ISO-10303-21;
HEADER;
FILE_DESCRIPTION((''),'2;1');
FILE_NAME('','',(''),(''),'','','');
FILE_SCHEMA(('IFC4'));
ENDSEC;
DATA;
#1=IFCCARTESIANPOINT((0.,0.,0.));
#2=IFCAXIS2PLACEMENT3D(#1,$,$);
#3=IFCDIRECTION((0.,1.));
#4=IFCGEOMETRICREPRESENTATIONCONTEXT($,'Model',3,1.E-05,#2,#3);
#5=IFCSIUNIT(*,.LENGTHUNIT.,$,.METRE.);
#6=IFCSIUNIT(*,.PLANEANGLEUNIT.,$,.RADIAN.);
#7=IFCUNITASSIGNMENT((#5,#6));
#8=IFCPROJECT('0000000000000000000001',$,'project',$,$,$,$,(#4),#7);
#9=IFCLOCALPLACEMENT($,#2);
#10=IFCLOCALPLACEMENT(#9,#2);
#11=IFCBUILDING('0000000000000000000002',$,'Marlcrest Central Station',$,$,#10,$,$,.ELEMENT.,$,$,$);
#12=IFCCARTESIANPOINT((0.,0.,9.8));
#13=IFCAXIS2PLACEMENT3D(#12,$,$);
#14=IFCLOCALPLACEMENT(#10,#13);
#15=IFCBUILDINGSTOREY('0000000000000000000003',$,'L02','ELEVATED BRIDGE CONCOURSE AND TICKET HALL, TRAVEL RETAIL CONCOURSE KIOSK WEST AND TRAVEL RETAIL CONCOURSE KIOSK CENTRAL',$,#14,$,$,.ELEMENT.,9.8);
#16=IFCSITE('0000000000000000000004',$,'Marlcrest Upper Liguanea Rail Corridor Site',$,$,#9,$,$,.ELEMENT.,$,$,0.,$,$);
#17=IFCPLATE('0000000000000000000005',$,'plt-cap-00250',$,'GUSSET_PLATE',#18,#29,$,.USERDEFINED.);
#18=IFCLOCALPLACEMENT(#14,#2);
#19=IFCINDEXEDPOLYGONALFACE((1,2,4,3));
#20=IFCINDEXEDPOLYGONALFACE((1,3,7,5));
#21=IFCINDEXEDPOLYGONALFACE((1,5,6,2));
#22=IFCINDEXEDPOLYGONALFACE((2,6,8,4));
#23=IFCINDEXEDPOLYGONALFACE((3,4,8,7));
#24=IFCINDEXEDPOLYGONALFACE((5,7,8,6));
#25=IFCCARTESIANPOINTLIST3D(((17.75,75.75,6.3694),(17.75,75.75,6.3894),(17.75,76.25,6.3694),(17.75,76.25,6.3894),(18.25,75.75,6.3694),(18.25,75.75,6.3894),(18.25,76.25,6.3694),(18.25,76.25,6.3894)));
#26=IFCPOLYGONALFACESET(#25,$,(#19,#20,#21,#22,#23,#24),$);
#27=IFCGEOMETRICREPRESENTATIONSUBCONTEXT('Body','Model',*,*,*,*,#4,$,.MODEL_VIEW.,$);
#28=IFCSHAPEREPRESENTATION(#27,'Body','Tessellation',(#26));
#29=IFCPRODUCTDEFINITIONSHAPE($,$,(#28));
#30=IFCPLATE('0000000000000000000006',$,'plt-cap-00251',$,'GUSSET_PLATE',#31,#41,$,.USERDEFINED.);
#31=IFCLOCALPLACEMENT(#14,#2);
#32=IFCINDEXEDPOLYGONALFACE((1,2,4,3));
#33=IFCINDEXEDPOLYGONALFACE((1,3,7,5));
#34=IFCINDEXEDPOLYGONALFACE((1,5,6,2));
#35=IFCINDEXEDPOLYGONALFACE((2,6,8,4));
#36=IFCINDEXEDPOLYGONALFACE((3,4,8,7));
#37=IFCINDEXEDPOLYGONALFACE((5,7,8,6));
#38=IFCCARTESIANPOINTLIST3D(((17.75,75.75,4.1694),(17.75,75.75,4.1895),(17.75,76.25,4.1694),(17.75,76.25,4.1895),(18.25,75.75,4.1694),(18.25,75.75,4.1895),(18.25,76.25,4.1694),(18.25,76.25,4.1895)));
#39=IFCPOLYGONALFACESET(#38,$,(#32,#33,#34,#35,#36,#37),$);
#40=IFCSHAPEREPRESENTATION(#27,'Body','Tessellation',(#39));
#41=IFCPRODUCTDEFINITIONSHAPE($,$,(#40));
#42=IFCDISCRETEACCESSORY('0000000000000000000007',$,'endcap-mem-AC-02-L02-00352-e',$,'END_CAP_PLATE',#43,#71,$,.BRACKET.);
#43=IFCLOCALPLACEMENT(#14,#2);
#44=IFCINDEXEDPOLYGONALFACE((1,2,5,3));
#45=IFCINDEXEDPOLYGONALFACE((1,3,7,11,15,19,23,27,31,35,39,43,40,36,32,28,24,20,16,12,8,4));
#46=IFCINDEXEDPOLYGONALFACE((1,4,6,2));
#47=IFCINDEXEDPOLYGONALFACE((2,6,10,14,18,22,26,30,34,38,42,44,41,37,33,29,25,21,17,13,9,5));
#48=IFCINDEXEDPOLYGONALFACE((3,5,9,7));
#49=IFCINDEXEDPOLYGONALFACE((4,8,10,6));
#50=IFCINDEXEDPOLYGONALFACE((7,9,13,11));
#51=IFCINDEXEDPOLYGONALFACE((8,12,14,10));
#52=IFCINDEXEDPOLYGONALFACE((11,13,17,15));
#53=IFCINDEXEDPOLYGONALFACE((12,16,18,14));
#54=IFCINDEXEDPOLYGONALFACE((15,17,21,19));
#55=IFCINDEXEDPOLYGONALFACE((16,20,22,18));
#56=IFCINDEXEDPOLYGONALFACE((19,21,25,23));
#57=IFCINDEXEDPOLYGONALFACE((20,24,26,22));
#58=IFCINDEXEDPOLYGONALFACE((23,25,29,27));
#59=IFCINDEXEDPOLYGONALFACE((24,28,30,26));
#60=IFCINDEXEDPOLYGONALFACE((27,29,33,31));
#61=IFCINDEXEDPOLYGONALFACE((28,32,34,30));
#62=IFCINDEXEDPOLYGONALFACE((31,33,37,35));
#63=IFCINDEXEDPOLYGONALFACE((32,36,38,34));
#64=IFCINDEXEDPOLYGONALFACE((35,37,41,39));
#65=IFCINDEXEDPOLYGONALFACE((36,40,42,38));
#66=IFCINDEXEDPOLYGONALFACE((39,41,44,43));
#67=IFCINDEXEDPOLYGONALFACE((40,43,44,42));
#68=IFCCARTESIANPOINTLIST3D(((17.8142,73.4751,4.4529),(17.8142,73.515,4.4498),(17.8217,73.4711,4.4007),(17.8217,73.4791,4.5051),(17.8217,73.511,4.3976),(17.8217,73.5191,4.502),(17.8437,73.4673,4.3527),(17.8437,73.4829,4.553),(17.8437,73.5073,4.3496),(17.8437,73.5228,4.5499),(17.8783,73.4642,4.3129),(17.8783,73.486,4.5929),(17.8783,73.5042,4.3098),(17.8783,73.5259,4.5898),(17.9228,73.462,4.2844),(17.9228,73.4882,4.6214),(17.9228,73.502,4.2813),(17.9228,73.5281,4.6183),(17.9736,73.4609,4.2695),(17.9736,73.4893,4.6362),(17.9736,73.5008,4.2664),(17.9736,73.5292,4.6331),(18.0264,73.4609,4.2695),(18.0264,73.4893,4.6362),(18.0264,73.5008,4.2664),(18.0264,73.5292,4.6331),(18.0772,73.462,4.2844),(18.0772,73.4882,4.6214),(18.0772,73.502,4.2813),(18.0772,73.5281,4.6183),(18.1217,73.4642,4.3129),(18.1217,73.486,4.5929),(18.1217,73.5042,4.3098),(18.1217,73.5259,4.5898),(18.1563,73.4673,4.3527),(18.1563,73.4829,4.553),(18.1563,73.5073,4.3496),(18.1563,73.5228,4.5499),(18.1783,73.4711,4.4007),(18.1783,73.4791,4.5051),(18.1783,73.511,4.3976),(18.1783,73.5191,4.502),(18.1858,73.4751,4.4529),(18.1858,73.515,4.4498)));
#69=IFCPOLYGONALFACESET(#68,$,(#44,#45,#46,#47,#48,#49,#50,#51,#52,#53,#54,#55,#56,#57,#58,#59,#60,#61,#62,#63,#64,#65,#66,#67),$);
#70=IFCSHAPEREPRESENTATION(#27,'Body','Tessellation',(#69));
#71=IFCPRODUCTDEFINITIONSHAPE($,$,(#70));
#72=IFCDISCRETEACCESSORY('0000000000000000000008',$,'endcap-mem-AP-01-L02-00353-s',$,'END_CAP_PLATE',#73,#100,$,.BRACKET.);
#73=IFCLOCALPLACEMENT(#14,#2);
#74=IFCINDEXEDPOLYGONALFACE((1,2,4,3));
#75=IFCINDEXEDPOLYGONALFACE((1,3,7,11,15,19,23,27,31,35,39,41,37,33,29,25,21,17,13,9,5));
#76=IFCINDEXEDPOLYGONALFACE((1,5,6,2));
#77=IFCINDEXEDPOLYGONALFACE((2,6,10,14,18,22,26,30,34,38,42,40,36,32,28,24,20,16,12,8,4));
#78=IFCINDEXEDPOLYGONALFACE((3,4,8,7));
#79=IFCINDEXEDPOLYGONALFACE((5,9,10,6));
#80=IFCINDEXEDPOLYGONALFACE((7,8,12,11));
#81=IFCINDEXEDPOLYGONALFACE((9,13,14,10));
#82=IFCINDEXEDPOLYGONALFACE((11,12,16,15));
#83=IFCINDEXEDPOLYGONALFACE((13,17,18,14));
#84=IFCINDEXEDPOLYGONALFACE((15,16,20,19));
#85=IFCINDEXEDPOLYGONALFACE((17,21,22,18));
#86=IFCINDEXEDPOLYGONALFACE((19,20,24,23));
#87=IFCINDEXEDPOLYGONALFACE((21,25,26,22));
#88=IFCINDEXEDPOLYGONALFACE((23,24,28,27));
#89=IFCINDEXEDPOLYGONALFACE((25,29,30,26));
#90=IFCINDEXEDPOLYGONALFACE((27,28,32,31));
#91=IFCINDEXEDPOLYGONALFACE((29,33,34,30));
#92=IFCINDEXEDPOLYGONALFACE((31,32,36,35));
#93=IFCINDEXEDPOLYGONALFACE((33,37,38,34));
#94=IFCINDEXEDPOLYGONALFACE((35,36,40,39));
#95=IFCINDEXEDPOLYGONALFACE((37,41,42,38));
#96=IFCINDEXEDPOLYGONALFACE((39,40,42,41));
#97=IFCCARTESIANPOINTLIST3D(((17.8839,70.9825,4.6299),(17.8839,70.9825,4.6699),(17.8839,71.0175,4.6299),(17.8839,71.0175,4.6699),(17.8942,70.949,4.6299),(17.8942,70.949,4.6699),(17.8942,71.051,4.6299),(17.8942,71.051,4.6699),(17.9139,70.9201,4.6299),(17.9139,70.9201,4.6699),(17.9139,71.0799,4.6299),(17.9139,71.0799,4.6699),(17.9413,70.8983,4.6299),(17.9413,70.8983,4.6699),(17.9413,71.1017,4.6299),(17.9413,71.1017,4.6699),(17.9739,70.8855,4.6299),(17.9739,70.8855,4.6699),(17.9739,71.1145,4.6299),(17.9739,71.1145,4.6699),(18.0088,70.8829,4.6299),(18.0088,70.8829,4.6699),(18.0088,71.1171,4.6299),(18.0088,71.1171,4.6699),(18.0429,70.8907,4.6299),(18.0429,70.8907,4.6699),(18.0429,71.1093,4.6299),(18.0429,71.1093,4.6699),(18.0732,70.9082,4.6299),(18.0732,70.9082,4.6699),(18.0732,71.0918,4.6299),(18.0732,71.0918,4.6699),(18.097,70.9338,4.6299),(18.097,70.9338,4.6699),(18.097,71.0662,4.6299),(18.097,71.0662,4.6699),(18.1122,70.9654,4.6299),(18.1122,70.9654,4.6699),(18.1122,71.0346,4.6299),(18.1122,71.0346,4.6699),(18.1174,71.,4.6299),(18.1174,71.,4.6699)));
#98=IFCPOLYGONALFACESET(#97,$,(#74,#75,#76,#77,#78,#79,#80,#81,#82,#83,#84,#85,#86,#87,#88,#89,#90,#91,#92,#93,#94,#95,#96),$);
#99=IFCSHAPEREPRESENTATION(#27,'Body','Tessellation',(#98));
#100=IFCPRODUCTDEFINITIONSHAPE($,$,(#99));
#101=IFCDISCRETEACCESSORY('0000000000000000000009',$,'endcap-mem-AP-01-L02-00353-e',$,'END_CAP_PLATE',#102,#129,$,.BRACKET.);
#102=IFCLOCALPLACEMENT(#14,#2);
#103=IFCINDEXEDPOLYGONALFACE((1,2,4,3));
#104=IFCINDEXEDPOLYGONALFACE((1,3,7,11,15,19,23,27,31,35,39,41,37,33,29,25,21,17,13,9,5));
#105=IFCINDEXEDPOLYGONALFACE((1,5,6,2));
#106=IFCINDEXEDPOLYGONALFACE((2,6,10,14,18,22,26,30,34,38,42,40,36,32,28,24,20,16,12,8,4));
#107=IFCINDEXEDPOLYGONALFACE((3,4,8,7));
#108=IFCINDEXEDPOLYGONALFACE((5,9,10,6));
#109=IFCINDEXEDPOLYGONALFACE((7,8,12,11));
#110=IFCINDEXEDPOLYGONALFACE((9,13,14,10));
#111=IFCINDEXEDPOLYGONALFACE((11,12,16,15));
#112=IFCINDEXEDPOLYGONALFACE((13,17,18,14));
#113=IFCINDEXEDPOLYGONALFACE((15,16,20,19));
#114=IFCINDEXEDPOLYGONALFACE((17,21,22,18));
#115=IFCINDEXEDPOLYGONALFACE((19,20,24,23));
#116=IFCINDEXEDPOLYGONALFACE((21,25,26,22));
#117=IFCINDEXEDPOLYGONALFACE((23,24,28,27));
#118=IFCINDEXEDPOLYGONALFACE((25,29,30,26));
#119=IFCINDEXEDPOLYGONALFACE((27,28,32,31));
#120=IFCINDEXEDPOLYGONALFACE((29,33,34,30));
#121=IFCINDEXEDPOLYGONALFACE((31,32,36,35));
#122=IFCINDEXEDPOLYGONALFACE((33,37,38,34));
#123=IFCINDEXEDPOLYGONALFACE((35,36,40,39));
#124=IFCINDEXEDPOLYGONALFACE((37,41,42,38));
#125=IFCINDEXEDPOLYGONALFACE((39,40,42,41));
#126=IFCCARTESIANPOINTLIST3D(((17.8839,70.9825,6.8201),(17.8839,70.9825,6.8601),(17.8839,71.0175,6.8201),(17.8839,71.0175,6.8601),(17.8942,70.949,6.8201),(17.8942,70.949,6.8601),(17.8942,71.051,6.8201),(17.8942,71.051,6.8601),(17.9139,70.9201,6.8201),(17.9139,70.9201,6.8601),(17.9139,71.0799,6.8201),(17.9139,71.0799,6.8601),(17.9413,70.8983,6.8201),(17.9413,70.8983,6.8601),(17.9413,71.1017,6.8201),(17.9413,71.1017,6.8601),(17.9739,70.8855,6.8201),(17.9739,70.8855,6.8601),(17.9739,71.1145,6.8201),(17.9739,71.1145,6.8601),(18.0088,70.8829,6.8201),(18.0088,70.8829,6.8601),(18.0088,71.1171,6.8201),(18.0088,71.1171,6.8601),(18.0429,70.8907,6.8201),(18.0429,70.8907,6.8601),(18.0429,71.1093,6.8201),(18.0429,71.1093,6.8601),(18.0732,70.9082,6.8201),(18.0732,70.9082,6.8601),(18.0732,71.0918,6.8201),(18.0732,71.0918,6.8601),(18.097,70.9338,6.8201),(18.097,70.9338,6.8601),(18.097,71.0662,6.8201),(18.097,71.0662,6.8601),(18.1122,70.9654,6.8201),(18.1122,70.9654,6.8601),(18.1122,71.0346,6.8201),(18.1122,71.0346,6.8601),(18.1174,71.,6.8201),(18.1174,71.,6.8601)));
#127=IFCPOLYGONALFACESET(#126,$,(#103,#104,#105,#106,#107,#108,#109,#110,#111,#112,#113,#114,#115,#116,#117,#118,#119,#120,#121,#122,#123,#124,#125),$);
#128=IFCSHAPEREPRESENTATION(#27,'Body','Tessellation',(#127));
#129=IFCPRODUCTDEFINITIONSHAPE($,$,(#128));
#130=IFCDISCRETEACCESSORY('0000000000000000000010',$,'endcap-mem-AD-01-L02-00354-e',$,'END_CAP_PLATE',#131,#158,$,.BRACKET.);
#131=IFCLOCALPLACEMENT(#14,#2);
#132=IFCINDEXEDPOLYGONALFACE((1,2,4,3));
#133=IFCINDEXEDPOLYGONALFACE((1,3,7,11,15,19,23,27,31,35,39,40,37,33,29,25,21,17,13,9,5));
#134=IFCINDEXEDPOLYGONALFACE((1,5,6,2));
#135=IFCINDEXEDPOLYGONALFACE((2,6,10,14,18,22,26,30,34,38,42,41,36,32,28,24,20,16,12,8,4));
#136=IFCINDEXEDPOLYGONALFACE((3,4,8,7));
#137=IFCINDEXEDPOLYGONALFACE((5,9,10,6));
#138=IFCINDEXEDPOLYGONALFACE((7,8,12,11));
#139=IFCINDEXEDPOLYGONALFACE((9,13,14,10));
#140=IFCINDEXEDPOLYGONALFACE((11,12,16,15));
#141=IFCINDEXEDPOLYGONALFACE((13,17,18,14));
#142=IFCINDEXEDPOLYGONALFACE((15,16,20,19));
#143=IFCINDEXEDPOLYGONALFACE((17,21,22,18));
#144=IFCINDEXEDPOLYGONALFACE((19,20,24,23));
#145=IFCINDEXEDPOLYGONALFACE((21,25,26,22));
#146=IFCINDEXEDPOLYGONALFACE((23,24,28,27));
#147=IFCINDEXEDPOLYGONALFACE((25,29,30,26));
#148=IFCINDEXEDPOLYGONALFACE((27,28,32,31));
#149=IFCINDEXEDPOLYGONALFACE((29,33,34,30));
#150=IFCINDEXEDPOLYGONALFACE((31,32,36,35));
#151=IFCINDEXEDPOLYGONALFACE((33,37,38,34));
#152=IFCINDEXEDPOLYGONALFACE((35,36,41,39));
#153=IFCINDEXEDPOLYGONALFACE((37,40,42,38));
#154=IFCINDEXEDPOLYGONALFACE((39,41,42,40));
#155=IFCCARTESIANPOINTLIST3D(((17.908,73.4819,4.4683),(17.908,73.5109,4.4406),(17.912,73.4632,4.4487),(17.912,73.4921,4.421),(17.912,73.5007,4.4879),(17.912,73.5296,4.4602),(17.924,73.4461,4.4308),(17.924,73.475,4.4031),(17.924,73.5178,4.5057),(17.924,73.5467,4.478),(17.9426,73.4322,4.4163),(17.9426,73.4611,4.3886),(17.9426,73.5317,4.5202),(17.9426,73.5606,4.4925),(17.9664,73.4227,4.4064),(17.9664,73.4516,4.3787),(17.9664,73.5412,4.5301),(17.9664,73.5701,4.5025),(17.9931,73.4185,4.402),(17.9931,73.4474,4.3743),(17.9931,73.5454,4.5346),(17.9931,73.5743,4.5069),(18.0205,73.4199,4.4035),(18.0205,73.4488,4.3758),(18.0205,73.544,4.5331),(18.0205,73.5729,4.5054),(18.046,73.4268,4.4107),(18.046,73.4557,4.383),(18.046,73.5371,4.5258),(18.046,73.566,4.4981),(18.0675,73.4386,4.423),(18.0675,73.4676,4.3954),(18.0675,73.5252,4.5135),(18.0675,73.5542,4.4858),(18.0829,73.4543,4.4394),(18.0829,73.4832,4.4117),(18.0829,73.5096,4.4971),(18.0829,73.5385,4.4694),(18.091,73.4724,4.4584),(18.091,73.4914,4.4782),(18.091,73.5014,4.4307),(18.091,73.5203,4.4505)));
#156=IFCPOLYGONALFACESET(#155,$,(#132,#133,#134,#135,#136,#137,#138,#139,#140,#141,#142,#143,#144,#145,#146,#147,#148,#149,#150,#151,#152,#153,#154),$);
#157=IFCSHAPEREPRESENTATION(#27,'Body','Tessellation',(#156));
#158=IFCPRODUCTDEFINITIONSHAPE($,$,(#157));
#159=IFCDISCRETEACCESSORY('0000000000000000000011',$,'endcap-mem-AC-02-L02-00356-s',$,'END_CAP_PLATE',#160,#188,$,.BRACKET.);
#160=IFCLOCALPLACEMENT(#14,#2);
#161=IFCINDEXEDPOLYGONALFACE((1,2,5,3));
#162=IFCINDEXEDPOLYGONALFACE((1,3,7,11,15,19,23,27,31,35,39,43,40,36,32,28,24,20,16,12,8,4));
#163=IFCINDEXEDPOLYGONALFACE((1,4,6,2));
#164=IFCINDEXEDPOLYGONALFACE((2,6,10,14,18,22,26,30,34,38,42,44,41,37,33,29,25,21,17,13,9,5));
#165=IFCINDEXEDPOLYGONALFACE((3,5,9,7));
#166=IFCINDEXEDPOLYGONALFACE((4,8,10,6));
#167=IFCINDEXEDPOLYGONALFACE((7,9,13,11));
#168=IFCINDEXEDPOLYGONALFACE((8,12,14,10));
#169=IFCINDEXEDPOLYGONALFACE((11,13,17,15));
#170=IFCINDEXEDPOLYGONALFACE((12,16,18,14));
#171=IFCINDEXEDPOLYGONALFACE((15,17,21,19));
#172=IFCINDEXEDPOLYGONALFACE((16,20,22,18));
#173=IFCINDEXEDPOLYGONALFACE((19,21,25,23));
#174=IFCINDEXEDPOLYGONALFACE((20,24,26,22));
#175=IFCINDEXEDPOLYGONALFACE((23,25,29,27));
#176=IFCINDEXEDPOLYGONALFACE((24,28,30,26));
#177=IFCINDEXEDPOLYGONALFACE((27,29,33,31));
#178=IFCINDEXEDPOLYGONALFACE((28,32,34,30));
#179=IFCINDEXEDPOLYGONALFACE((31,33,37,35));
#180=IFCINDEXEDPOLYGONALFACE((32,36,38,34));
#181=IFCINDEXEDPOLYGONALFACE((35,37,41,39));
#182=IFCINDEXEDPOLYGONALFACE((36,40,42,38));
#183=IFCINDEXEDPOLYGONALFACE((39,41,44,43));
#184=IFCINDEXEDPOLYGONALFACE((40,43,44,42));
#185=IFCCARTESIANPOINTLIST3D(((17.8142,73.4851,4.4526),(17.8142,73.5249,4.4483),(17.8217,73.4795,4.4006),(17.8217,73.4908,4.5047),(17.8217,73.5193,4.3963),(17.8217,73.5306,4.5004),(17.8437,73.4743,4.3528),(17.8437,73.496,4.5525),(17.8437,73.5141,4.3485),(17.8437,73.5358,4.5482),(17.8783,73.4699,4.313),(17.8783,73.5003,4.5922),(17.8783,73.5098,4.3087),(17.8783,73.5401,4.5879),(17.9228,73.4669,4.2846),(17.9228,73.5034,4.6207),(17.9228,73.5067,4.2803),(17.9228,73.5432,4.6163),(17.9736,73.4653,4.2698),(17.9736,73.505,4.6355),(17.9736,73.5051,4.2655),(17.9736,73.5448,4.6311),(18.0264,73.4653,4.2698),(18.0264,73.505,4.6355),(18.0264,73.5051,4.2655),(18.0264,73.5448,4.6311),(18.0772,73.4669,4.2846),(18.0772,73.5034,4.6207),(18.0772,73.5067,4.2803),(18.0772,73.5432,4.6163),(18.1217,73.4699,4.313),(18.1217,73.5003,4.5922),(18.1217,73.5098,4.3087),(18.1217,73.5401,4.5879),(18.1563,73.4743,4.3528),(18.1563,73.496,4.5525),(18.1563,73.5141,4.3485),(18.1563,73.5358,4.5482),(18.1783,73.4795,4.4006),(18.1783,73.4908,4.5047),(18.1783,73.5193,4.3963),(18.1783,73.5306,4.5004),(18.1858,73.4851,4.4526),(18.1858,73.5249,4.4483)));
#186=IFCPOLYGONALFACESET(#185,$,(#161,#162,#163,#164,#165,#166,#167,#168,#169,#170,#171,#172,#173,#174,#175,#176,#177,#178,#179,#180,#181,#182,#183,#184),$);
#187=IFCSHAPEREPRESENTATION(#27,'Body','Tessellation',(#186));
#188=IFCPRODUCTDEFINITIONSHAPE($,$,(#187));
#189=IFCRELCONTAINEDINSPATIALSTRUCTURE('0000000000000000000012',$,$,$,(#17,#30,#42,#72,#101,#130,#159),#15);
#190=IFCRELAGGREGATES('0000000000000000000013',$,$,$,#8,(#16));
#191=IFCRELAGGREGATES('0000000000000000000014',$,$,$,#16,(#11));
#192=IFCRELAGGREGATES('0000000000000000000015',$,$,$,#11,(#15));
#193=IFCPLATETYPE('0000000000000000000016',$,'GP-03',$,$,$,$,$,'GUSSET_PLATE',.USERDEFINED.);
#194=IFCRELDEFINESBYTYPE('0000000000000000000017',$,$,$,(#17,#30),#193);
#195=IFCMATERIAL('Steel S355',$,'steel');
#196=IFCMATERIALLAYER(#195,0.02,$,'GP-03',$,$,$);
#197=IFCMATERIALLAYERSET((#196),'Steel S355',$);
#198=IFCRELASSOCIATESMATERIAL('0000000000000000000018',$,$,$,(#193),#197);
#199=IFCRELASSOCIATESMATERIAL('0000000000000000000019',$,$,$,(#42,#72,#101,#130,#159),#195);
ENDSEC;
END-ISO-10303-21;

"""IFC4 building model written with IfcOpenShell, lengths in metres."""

from ifc_helpers import new_model, si_unit, direction, frame, origin, origin_2d, place, context, subcontext, project, spatial, rectangle, circle, extrude, material, layer, layer_set, type_object, element, save


model = new_model("IFC4")

# Units and contexts
model_context = context("Model", 3, precision=1e-05, world=origin(), true_north=direction((0.0, 1.0)))
body_context = subcontext(model_context, "Body", "Model", "MODEL_VIEW")
ifc_project = project(units=[si_unit("LENGTHUNIT", "METRE"), si_unit("PLANEANGLEUNIT", "RADIAN")], contexts=[model_context])

# Site, building, storey
site_placement = place(None, origin())
site = spatial("IfcSite", under=ifc_project, at=site_placement, Name="Marlcrest Upper Liguanea Rail Corridor Site", CompositionType="ELEMENT", RefElevation=0.0)
building_placement = place(site_placement, origin())
building = spatial("IfcBuilding", under=site, at=building_placement, Name="Marlcrest Central Station", CompositionType="ELEMENT")
storey_placement = place(building_placement, frame((0.0, 0.0, 9.8)))
storey = spatial("IfcBuildingStorey", under=building, at=storey_placement, Name="L02", Description="ELEVATED BRIDGE CONCOURSE AND TICKET HALL, TRAVEL RETAIL CONCOURSE KIOSK WEST AND TRAVEL RETAIL CONCOURSE KIOSK CENTRAL", CompositionType="ELEMENT", Elevation=9.8)

# Shared definitions
ifc_material = material(Name="Steel S355", Category="steel")

# Plates
ifc_layer = layer(ifc_material, 0.02, Name="GP-03")
ifc_layer_set = layer_set([ifc_layer], Name="Steel S355")
plate_type = type_object("IfcPlateType", Name="GP-03", ElementType="GUSSET_PLATE", PredefinedType="USERDEFINED", material=ifc_layer_set)
for number, where, z_axis, x_axis, name in (
    (1, (18.0, 76.0, 6.3694), (0.0, 0.0, 1.0), (1.0, 0.0, 0.0), "plt-cap-00250"),
    (2, (18.0, 76.0, 4.1694), (0.0, 0.0, 1.0), (1.0, 0.0, 0.0), "plt-cap-00251"),
):
    element("IfcPlate", number, at=place(storey_placement, frame(where, z_axis=z_axis, x_axis=x_axis)), inside=storey, type_object=plate_type, Name=name, ObjectType="GUSSET_PLATE", PredefinedType="USERDEFINED", context=body_context, shape_type="SweptSolid", body=[
        extrude(rectangle(XDim=0.5, YDim=0.5, at=origin_2d()), origin(), (0.0, 0.0, 1.0), 0.02),
    ])

# Discrete accessories
discrete_accessory_1_placement = place(storey_placement, frame((18.0, 73.4751, 4.4529), z_axis=(0.0, 0.997007, -0.077307), x_axis=(-1.0, 0.0, 0.0)))
element("IfcDiscreteAccessory", 3, at=discrete_accessory_1_placement, inside=storey, material=ifc_material, Name="endcap-mem-AC-02-L02-00352-e", ObjectType="END_CAP_PLATE", PredefinedType="BRACKET", context=body_context, shape_type="SweptSolid", body=[
    extrude(circle(Radius=0.1858, at=origin_2d()), origin(), (0.0, 0.0, 1.0), 0.04),
])
for number, where, z_axis, x_axis, name in (
    (4, (18.0, 71.0, 4.6299), (0.0, 0.0, 1.0), (1.0, 0.0, 0.0), "endcap-mem-AP-01-L02-00353-s"),
    (5, (18.0, 71.0, 6.8201), (0.0, 0.0, 1.0), (1.0, 0.0, 0.0), "endcap-mem-AP-01-L02-00353-e"),
):
    element("IfcDiscreteAccessory", number, at=place(storey_placement, frame(where, z_axis=z_axis, x_axis=x_axis)), inside=storey, material=ifc_material, Name=name, ObjectType="END_CAP_PLATE", PredefinedType="BRACKET", context=body_context, shape_type="SweptSolid", body=[
        extrude(circle(Radius=0.1174, at=origin_2d()), origin(), (0.0, 0.0, 1.0), 0.04),
    ])
discrete_accessory_2_placement = place(storey_placement, frame((18.0, 73.4819, 4.4683), z_axis=(0.0, 0.722247, -0.691636), x_axis=(-1.0, 0.0, 0.0)))
element("IfcDiscreteAccessory", 6, at=discrete_accessory_2_placement, inside=storey, material=ifc_material, Name="endcap-mem-AD-01-L02-00354-e", ObjectType="END_CAP_PLATE", PredefinedType="BRACKET", context=body_context, shape_type="SweptSolid", body=[
    extrude(circle(Radius=0.092, at=origin_2d()), origin(), (0.0, 0.0, 1.0), 0.04),
])
for number, where, z_axis, x_axis, name in (
    (7, (18.0, 73.4851, 4.4526), (0.0, 0.994155, -0.107959), (-1.0, 0.0, 0.0), "endcap-mem-AC-02-L02-00356-s"),
):
    element("IfcDiscreteAccessory", number, at=place(storey_placement, frame(where, z_axis=z_axis, x_axis=x_axis)), inside=storey, material=ifc_material, Name=name, ObjectType="END_CAP_PLATE", PredefinedType="BRACKET", context=body_context, shape_type="SweptSolid", body=[
        extrude(circle(Radius=0.1858, at=origin_2d()), origin(), (0.0, 0.0, 1.0), 0.04),
    ])

save(model, "model.ifc")
